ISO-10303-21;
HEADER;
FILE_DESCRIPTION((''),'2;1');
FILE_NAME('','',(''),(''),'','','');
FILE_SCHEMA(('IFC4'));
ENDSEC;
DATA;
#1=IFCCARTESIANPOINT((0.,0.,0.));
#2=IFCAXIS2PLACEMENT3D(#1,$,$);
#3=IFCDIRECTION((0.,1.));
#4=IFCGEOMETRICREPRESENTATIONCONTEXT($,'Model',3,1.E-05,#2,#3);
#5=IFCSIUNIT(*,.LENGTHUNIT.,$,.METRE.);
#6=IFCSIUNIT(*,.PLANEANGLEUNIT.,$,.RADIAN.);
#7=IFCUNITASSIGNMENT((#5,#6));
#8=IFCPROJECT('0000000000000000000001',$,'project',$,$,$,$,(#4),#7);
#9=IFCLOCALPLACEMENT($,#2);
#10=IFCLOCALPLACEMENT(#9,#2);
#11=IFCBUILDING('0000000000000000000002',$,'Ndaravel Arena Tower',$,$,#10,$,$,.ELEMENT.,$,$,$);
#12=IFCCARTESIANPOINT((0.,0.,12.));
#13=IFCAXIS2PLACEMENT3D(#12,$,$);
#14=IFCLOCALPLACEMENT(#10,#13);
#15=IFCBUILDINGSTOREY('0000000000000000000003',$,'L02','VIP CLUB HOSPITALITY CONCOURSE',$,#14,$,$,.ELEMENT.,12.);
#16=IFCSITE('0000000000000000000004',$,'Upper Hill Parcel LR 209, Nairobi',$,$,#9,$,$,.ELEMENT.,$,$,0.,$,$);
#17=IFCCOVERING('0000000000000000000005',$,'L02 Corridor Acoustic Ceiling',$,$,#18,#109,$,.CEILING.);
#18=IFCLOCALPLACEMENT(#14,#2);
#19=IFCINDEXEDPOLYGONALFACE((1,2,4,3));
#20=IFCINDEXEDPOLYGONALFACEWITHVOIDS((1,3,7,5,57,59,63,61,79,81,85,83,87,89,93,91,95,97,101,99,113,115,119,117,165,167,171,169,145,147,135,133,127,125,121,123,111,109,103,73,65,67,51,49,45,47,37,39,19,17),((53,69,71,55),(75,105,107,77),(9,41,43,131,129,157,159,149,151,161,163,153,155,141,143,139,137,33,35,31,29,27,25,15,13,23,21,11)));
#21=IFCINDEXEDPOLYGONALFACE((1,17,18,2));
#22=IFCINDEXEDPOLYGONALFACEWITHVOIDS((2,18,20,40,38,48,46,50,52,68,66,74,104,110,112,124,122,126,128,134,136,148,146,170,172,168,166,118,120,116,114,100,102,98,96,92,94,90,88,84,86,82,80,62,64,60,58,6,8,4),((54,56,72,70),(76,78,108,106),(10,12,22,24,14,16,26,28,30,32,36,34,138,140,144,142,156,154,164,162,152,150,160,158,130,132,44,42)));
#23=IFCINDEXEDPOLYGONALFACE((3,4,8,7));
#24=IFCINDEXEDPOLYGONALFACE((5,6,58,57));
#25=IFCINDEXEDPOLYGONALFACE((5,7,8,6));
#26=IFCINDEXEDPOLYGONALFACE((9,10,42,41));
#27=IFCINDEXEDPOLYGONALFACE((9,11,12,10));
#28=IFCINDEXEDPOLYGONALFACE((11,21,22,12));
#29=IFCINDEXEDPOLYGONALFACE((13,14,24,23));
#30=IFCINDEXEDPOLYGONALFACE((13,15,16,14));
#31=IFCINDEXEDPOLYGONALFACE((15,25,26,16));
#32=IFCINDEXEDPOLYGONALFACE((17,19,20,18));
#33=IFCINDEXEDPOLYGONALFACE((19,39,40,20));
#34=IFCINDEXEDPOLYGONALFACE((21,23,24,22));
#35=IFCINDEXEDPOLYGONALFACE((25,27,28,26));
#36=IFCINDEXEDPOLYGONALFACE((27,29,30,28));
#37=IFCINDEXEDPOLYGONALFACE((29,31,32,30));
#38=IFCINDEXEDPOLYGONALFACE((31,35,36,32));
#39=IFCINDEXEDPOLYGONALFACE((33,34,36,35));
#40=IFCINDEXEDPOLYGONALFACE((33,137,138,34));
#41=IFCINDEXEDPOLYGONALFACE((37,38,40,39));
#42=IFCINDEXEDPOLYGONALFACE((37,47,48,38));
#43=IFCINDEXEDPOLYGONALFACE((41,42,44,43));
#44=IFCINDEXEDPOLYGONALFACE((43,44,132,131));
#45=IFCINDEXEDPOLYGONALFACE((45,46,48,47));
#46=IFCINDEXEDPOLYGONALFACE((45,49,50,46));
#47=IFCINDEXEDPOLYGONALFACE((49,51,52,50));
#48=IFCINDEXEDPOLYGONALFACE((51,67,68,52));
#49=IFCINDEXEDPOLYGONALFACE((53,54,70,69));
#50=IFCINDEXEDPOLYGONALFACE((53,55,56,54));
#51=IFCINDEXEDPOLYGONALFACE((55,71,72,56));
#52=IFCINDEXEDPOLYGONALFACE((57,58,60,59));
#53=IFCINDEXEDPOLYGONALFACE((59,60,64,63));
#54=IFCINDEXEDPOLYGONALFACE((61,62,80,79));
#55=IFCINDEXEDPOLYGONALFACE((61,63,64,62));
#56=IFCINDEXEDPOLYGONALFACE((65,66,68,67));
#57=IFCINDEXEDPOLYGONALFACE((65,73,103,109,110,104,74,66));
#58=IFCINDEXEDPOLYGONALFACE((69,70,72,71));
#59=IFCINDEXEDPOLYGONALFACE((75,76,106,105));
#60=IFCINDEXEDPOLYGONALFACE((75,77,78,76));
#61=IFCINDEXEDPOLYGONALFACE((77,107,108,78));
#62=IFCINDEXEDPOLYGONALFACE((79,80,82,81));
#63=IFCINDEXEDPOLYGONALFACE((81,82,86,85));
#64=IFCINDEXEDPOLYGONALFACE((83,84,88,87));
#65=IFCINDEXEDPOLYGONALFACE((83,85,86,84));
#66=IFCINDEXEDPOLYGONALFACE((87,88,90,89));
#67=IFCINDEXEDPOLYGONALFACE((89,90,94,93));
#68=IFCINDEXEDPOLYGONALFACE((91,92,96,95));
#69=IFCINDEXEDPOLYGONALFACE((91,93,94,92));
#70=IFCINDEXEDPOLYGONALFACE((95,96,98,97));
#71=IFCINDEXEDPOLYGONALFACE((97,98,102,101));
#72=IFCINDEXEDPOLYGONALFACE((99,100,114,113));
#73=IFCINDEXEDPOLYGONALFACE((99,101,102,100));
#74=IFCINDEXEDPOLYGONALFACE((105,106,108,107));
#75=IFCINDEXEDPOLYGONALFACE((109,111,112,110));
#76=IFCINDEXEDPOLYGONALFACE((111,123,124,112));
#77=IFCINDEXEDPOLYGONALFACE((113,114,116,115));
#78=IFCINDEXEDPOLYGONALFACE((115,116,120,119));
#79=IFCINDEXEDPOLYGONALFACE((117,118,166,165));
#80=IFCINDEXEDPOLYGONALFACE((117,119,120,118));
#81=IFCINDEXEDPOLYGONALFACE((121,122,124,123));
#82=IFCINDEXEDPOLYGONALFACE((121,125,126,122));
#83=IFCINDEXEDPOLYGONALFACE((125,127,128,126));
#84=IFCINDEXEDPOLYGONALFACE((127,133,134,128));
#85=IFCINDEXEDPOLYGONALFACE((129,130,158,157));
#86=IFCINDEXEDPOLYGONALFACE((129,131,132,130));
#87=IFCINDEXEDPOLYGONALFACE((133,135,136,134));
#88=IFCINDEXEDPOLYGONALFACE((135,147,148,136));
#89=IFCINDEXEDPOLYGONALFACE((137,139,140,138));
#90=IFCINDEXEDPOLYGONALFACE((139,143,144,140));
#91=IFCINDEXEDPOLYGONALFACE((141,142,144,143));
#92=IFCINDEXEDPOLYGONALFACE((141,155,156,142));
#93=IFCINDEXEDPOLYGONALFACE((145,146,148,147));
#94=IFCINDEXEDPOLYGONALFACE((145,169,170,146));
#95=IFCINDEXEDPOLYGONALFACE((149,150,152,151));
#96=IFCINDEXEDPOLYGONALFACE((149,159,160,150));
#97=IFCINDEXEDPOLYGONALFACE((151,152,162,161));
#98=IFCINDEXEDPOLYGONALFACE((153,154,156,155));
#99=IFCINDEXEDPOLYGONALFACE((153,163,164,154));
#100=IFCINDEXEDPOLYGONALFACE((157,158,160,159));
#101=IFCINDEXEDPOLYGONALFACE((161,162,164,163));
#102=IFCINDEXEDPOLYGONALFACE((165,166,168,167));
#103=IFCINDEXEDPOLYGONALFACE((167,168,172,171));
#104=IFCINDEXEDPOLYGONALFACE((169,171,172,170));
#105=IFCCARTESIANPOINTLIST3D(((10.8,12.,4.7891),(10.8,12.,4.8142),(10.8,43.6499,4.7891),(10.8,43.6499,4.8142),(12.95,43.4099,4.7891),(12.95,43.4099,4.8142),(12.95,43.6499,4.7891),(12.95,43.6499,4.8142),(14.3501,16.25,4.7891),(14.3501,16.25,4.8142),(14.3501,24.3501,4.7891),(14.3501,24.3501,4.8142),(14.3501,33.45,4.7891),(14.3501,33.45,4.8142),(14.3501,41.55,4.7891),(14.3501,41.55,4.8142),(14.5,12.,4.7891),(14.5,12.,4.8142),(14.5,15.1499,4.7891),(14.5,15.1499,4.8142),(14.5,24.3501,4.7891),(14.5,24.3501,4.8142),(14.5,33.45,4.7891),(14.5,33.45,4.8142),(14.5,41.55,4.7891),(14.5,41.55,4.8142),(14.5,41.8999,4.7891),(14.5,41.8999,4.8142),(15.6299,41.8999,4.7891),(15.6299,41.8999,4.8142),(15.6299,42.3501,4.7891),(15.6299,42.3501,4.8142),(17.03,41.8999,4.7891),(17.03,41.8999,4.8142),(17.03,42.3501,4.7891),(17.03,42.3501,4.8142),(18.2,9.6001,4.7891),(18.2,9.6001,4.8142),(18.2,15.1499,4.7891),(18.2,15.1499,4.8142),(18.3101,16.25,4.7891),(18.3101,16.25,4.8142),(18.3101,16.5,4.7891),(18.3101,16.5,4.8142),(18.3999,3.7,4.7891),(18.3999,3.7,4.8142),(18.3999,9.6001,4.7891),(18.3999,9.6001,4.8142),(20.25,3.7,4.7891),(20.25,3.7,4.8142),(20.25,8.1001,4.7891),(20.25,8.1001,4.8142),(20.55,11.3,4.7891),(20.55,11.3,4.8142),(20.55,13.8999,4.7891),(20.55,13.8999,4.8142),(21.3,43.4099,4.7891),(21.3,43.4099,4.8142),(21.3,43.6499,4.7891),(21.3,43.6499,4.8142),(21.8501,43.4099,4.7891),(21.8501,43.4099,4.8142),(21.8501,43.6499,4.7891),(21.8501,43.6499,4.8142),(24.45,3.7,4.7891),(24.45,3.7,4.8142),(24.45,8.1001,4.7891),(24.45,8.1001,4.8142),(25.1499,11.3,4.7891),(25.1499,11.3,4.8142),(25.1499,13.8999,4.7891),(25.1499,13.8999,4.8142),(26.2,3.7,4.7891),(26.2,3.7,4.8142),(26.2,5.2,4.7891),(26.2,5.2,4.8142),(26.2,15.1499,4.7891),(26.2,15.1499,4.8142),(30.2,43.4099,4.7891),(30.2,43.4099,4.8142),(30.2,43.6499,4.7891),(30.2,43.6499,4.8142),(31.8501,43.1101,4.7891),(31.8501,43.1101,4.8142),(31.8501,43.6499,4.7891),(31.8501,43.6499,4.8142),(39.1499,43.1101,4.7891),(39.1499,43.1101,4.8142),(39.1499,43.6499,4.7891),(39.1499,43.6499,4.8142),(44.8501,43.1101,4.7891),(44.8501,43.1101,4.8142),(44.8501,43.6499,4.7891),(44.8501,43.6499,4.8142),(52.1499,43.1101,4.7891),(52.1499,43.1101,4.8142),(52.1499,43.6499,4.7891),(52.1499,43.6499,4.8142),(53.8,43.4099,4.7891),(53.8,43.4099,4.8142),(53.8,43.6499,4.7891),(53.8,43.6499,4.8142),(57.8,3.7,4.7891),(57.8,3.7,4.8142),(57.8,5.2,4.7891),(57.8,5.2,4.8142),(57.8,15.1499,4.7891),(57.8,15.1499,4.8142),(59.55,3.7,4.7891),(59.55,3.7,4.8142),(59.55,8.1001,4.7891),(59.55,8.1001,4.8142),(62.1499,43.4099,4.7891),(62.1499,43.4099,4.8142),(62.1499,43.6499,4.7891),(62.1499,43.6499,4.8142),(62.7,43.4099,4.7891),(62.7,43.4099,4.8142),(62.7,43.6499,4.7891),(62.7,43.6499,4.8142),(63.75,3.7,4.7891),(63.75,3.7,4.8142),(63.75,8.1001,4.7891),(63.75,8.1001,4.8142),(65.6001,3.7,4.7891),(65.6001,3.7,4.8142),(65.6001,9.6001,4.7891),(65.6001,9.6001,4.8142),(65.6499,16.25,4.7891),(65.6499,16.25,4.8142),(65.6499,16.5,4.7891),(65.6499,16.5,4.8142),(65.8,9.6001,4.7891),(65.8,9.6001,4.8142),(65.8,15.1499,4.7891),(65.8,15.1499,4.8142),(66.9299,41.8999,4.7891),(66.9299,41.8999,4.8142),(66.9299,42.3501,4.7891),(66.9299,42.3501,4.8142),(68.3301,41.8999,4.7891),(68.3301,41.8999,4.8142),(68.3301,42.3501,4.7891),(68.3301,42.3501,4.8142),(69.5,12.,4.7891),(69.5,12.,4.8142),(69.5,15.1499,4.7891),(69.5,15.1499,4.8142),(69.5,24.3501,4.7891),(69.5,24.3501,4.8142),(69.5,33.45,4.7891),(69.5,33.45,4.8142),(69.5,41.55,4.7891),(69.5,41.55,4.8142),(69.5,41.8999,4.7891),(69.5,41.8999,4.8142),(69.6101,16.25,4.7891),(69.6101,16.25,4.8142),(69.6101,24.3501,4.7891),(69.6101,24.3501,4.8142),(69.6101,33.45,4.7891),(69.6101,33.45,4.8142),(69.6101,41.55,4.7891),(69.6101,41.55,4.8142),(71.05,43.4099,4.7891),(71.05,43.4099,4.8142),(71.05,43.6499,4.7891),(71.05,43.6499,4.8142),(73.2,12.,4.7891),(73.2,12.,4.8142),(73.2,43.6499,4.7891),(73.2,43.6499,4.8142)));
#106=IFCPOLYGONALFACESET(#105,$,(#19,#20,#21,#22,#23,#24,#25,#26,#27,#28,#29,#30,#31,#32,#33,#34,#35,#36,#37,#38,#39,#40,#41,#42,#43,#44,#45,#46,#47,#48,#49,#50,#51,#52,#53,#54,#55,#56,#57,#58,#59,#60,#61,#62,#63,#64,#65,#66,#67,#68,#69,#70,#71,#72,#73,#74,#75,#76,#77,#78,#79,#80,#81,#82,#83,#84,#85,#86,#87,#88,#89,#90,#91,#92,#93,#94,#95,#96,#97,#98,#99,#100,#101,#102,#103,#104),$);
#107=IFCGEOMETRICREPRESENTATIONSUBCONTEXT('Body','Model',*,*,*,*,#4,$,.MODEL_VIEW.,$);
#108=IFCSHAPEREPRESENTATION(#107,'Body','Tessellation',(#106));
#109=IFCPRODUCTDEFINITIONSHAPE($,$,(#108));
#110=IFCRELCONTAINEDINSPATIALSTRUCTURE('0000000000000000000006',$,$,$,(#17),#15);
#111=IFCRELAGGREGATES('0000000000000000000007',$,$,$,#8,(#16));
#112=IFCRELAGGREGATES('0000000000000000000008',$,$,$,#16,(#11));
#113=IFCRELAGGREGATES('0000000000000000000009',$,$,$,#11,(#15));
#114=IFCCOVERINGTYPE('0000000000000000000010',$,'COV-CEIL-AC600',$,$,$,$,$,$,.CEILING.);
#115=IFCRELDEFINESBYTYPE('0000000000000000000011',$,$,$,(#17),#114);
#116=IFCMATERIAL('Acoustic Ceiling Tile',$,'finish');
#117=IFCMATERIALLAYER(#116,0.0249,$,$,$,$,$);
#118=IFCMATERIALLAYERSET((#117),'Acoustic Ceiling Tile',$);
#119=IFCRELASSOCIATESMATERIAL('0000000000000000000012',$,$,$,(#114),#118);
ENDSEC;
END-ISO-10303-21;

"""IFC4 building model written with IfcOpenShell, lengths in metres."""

from ifc_helpers import new_model, si_unit, direction, frame, origin, place, context, subcontext, project, spatial, polyline, outline, extrude, material, layer, layer_set, type_object, element, save


model = new_model("IFC4")

# Units and contexts
model_context = context("Model", 3, precision=1e-05, world=origin(), true_north=direction((0.0, 1.0)))
body_context = subcontext(model_context, "Body", "Model", "MODEL_VIEW")
ifc_project = project(units=[si_unit("LENGTHUNIT", "METRE"), si_unit("PLANEANGLEUNIT", "RADIAN")], contexts=[model_context])

# Site, building, storey
site_placement = place(None, origin())
site = spatial("IfcSite", under=ifc_project, at=site_placement, Name="Upper Hill Parcel LR 209, Nairobi", CompositionType="ELEMENT", RefElevation=0.0)
building_placement = place(site_placement, origin())
building = spatial("IfcBuilding", under=site, at=building_placement, Name="Ndaravel Arena Tower", CompositionType="ELEMENT")
storey_placement = place(building_placement, frame((0.0, 0.0, 12.0)))
storey = spatial("IfcBuildingStorey", under=building, at=storey_placement, Name="L02", Description="VIP CLUB HOSPITALITY CONCOURSE", CompositionType="ELEMENT", Elevation=12.0)

# Covering
ifc_material_1 = material(Name="Acoustic Ceiling Tile", Category="finish")
ifc_layer_1 = layer(ifc_material_1, 0.0249)
ifc_layer_set_1 = layer_set([ifc_layer_1], Name="Acoustic Ceiling Tile")
covering_type_1 = type_object("IfcCoveringType", Name="COV-CEIL-AC600", PredefinedType="CEILING", material=ifc_layer_set_1)
covering_1_placement = place(storey_placement, frame((0.0, 0.0, 4.7891)))
element("IfcCovering", 1, at=covering_1_placement, inside=storey, type_object=covering_type_1, Name="L02 Corridor Acoustic Ceiling", PredefinedType="CEILING", context=body_context, shape_type="SweptSolid", body=[
    extrude(outline(polyline([(59.55, 3.7), (59.55, 8.1001), (63.75, 8.1001), (63.75, 3.7), (65.6001, 3.7), (65.6001, 9.6001), (65.8, 9.6001), (65.8, 15.1499), (69.5, 15.1499), (69.5, 12.0), (73.2, 12.0), (73.2, 43.6499), (71.05, 43.6499), (71.05, 43.4099), (62.7, 43.4099), (62.7, 43.6499), (62.1499, 43.6499), (62.1499, 43.4099), (53.8, 43.4099), (53.8, 43.6499), (52.1499, 43.6499), (52.1499, 43.1101), (44.8501, 43.1101), (44.8501, 43.6499), (39.1499, 43.6499), (39.1499, 43.1101), (31.8501, 43.1101), (31.8501, 43.6499), (30.2, 43.6499), (30.2, 43.4099), (21.8501, 43.4099), (21.8501, 43.6499), (21.3, 43.6499), (21.3, 43.4099), (12.95, 43.4099), (12.95, 43.6499), (10.8, 43.6499), (10.8, 12.0), (14.5, 12.0), (14.5, 15.1499), (18.2, 15.1499), (18.2, 9.6001), (18.3999, 9.6001), (18.3999, 3.7), (20.25, 3.7), (20.25, 8.1001), (24.45, 8.1001), (24.45, 3.7), (26.2, 3.7), (57.8, 3.7), (59.55, 3.7)]), holes=[polyline([(69.5, 41.8999), (69.5, 41.55), (69.6101, 41.55), (69.6101, 33.45), (69.5, 33.45), (69.5, 24.3501), (69.6101, 24.3501), (69.6101, 16.25), (65.6499, 16.25), (65.6499, 16.5), (18.3101, 16.5), (18.3101, 16.25), (14.3501, 16.25), (14.3501, 24.3501), (14.5, 24.3501), (14.5, 33.45), (14.3501, 33.45), (14.3501, 41.55), (14.5, 41.55), (14.5, 41.8999), (15.6299, 41.8999), (15.6299, 42.3501), (17.03, 42.3501), (17.03, 41.8999), (66.9299, 41.8999), (66.9299, 42.3501), (68.3301, 42.3501), (68.3301, 41.8999), (69.5, 41.8999)]), polyline([(26.2, 15.1499), (57.8, 15.1499), (57.8, 5.2), (26.2, 5.2), (26.2, 15.1499)]), polyline([(25.1499, 13.8999), (25.1499, 11.3), (20.55, 11.3), (20.55, 13.8999), (25.1499, 13.8999)])]), origin(), (0.0, 0.0, 1.0), 0.0251),
])

save(model, "model.ifc")
